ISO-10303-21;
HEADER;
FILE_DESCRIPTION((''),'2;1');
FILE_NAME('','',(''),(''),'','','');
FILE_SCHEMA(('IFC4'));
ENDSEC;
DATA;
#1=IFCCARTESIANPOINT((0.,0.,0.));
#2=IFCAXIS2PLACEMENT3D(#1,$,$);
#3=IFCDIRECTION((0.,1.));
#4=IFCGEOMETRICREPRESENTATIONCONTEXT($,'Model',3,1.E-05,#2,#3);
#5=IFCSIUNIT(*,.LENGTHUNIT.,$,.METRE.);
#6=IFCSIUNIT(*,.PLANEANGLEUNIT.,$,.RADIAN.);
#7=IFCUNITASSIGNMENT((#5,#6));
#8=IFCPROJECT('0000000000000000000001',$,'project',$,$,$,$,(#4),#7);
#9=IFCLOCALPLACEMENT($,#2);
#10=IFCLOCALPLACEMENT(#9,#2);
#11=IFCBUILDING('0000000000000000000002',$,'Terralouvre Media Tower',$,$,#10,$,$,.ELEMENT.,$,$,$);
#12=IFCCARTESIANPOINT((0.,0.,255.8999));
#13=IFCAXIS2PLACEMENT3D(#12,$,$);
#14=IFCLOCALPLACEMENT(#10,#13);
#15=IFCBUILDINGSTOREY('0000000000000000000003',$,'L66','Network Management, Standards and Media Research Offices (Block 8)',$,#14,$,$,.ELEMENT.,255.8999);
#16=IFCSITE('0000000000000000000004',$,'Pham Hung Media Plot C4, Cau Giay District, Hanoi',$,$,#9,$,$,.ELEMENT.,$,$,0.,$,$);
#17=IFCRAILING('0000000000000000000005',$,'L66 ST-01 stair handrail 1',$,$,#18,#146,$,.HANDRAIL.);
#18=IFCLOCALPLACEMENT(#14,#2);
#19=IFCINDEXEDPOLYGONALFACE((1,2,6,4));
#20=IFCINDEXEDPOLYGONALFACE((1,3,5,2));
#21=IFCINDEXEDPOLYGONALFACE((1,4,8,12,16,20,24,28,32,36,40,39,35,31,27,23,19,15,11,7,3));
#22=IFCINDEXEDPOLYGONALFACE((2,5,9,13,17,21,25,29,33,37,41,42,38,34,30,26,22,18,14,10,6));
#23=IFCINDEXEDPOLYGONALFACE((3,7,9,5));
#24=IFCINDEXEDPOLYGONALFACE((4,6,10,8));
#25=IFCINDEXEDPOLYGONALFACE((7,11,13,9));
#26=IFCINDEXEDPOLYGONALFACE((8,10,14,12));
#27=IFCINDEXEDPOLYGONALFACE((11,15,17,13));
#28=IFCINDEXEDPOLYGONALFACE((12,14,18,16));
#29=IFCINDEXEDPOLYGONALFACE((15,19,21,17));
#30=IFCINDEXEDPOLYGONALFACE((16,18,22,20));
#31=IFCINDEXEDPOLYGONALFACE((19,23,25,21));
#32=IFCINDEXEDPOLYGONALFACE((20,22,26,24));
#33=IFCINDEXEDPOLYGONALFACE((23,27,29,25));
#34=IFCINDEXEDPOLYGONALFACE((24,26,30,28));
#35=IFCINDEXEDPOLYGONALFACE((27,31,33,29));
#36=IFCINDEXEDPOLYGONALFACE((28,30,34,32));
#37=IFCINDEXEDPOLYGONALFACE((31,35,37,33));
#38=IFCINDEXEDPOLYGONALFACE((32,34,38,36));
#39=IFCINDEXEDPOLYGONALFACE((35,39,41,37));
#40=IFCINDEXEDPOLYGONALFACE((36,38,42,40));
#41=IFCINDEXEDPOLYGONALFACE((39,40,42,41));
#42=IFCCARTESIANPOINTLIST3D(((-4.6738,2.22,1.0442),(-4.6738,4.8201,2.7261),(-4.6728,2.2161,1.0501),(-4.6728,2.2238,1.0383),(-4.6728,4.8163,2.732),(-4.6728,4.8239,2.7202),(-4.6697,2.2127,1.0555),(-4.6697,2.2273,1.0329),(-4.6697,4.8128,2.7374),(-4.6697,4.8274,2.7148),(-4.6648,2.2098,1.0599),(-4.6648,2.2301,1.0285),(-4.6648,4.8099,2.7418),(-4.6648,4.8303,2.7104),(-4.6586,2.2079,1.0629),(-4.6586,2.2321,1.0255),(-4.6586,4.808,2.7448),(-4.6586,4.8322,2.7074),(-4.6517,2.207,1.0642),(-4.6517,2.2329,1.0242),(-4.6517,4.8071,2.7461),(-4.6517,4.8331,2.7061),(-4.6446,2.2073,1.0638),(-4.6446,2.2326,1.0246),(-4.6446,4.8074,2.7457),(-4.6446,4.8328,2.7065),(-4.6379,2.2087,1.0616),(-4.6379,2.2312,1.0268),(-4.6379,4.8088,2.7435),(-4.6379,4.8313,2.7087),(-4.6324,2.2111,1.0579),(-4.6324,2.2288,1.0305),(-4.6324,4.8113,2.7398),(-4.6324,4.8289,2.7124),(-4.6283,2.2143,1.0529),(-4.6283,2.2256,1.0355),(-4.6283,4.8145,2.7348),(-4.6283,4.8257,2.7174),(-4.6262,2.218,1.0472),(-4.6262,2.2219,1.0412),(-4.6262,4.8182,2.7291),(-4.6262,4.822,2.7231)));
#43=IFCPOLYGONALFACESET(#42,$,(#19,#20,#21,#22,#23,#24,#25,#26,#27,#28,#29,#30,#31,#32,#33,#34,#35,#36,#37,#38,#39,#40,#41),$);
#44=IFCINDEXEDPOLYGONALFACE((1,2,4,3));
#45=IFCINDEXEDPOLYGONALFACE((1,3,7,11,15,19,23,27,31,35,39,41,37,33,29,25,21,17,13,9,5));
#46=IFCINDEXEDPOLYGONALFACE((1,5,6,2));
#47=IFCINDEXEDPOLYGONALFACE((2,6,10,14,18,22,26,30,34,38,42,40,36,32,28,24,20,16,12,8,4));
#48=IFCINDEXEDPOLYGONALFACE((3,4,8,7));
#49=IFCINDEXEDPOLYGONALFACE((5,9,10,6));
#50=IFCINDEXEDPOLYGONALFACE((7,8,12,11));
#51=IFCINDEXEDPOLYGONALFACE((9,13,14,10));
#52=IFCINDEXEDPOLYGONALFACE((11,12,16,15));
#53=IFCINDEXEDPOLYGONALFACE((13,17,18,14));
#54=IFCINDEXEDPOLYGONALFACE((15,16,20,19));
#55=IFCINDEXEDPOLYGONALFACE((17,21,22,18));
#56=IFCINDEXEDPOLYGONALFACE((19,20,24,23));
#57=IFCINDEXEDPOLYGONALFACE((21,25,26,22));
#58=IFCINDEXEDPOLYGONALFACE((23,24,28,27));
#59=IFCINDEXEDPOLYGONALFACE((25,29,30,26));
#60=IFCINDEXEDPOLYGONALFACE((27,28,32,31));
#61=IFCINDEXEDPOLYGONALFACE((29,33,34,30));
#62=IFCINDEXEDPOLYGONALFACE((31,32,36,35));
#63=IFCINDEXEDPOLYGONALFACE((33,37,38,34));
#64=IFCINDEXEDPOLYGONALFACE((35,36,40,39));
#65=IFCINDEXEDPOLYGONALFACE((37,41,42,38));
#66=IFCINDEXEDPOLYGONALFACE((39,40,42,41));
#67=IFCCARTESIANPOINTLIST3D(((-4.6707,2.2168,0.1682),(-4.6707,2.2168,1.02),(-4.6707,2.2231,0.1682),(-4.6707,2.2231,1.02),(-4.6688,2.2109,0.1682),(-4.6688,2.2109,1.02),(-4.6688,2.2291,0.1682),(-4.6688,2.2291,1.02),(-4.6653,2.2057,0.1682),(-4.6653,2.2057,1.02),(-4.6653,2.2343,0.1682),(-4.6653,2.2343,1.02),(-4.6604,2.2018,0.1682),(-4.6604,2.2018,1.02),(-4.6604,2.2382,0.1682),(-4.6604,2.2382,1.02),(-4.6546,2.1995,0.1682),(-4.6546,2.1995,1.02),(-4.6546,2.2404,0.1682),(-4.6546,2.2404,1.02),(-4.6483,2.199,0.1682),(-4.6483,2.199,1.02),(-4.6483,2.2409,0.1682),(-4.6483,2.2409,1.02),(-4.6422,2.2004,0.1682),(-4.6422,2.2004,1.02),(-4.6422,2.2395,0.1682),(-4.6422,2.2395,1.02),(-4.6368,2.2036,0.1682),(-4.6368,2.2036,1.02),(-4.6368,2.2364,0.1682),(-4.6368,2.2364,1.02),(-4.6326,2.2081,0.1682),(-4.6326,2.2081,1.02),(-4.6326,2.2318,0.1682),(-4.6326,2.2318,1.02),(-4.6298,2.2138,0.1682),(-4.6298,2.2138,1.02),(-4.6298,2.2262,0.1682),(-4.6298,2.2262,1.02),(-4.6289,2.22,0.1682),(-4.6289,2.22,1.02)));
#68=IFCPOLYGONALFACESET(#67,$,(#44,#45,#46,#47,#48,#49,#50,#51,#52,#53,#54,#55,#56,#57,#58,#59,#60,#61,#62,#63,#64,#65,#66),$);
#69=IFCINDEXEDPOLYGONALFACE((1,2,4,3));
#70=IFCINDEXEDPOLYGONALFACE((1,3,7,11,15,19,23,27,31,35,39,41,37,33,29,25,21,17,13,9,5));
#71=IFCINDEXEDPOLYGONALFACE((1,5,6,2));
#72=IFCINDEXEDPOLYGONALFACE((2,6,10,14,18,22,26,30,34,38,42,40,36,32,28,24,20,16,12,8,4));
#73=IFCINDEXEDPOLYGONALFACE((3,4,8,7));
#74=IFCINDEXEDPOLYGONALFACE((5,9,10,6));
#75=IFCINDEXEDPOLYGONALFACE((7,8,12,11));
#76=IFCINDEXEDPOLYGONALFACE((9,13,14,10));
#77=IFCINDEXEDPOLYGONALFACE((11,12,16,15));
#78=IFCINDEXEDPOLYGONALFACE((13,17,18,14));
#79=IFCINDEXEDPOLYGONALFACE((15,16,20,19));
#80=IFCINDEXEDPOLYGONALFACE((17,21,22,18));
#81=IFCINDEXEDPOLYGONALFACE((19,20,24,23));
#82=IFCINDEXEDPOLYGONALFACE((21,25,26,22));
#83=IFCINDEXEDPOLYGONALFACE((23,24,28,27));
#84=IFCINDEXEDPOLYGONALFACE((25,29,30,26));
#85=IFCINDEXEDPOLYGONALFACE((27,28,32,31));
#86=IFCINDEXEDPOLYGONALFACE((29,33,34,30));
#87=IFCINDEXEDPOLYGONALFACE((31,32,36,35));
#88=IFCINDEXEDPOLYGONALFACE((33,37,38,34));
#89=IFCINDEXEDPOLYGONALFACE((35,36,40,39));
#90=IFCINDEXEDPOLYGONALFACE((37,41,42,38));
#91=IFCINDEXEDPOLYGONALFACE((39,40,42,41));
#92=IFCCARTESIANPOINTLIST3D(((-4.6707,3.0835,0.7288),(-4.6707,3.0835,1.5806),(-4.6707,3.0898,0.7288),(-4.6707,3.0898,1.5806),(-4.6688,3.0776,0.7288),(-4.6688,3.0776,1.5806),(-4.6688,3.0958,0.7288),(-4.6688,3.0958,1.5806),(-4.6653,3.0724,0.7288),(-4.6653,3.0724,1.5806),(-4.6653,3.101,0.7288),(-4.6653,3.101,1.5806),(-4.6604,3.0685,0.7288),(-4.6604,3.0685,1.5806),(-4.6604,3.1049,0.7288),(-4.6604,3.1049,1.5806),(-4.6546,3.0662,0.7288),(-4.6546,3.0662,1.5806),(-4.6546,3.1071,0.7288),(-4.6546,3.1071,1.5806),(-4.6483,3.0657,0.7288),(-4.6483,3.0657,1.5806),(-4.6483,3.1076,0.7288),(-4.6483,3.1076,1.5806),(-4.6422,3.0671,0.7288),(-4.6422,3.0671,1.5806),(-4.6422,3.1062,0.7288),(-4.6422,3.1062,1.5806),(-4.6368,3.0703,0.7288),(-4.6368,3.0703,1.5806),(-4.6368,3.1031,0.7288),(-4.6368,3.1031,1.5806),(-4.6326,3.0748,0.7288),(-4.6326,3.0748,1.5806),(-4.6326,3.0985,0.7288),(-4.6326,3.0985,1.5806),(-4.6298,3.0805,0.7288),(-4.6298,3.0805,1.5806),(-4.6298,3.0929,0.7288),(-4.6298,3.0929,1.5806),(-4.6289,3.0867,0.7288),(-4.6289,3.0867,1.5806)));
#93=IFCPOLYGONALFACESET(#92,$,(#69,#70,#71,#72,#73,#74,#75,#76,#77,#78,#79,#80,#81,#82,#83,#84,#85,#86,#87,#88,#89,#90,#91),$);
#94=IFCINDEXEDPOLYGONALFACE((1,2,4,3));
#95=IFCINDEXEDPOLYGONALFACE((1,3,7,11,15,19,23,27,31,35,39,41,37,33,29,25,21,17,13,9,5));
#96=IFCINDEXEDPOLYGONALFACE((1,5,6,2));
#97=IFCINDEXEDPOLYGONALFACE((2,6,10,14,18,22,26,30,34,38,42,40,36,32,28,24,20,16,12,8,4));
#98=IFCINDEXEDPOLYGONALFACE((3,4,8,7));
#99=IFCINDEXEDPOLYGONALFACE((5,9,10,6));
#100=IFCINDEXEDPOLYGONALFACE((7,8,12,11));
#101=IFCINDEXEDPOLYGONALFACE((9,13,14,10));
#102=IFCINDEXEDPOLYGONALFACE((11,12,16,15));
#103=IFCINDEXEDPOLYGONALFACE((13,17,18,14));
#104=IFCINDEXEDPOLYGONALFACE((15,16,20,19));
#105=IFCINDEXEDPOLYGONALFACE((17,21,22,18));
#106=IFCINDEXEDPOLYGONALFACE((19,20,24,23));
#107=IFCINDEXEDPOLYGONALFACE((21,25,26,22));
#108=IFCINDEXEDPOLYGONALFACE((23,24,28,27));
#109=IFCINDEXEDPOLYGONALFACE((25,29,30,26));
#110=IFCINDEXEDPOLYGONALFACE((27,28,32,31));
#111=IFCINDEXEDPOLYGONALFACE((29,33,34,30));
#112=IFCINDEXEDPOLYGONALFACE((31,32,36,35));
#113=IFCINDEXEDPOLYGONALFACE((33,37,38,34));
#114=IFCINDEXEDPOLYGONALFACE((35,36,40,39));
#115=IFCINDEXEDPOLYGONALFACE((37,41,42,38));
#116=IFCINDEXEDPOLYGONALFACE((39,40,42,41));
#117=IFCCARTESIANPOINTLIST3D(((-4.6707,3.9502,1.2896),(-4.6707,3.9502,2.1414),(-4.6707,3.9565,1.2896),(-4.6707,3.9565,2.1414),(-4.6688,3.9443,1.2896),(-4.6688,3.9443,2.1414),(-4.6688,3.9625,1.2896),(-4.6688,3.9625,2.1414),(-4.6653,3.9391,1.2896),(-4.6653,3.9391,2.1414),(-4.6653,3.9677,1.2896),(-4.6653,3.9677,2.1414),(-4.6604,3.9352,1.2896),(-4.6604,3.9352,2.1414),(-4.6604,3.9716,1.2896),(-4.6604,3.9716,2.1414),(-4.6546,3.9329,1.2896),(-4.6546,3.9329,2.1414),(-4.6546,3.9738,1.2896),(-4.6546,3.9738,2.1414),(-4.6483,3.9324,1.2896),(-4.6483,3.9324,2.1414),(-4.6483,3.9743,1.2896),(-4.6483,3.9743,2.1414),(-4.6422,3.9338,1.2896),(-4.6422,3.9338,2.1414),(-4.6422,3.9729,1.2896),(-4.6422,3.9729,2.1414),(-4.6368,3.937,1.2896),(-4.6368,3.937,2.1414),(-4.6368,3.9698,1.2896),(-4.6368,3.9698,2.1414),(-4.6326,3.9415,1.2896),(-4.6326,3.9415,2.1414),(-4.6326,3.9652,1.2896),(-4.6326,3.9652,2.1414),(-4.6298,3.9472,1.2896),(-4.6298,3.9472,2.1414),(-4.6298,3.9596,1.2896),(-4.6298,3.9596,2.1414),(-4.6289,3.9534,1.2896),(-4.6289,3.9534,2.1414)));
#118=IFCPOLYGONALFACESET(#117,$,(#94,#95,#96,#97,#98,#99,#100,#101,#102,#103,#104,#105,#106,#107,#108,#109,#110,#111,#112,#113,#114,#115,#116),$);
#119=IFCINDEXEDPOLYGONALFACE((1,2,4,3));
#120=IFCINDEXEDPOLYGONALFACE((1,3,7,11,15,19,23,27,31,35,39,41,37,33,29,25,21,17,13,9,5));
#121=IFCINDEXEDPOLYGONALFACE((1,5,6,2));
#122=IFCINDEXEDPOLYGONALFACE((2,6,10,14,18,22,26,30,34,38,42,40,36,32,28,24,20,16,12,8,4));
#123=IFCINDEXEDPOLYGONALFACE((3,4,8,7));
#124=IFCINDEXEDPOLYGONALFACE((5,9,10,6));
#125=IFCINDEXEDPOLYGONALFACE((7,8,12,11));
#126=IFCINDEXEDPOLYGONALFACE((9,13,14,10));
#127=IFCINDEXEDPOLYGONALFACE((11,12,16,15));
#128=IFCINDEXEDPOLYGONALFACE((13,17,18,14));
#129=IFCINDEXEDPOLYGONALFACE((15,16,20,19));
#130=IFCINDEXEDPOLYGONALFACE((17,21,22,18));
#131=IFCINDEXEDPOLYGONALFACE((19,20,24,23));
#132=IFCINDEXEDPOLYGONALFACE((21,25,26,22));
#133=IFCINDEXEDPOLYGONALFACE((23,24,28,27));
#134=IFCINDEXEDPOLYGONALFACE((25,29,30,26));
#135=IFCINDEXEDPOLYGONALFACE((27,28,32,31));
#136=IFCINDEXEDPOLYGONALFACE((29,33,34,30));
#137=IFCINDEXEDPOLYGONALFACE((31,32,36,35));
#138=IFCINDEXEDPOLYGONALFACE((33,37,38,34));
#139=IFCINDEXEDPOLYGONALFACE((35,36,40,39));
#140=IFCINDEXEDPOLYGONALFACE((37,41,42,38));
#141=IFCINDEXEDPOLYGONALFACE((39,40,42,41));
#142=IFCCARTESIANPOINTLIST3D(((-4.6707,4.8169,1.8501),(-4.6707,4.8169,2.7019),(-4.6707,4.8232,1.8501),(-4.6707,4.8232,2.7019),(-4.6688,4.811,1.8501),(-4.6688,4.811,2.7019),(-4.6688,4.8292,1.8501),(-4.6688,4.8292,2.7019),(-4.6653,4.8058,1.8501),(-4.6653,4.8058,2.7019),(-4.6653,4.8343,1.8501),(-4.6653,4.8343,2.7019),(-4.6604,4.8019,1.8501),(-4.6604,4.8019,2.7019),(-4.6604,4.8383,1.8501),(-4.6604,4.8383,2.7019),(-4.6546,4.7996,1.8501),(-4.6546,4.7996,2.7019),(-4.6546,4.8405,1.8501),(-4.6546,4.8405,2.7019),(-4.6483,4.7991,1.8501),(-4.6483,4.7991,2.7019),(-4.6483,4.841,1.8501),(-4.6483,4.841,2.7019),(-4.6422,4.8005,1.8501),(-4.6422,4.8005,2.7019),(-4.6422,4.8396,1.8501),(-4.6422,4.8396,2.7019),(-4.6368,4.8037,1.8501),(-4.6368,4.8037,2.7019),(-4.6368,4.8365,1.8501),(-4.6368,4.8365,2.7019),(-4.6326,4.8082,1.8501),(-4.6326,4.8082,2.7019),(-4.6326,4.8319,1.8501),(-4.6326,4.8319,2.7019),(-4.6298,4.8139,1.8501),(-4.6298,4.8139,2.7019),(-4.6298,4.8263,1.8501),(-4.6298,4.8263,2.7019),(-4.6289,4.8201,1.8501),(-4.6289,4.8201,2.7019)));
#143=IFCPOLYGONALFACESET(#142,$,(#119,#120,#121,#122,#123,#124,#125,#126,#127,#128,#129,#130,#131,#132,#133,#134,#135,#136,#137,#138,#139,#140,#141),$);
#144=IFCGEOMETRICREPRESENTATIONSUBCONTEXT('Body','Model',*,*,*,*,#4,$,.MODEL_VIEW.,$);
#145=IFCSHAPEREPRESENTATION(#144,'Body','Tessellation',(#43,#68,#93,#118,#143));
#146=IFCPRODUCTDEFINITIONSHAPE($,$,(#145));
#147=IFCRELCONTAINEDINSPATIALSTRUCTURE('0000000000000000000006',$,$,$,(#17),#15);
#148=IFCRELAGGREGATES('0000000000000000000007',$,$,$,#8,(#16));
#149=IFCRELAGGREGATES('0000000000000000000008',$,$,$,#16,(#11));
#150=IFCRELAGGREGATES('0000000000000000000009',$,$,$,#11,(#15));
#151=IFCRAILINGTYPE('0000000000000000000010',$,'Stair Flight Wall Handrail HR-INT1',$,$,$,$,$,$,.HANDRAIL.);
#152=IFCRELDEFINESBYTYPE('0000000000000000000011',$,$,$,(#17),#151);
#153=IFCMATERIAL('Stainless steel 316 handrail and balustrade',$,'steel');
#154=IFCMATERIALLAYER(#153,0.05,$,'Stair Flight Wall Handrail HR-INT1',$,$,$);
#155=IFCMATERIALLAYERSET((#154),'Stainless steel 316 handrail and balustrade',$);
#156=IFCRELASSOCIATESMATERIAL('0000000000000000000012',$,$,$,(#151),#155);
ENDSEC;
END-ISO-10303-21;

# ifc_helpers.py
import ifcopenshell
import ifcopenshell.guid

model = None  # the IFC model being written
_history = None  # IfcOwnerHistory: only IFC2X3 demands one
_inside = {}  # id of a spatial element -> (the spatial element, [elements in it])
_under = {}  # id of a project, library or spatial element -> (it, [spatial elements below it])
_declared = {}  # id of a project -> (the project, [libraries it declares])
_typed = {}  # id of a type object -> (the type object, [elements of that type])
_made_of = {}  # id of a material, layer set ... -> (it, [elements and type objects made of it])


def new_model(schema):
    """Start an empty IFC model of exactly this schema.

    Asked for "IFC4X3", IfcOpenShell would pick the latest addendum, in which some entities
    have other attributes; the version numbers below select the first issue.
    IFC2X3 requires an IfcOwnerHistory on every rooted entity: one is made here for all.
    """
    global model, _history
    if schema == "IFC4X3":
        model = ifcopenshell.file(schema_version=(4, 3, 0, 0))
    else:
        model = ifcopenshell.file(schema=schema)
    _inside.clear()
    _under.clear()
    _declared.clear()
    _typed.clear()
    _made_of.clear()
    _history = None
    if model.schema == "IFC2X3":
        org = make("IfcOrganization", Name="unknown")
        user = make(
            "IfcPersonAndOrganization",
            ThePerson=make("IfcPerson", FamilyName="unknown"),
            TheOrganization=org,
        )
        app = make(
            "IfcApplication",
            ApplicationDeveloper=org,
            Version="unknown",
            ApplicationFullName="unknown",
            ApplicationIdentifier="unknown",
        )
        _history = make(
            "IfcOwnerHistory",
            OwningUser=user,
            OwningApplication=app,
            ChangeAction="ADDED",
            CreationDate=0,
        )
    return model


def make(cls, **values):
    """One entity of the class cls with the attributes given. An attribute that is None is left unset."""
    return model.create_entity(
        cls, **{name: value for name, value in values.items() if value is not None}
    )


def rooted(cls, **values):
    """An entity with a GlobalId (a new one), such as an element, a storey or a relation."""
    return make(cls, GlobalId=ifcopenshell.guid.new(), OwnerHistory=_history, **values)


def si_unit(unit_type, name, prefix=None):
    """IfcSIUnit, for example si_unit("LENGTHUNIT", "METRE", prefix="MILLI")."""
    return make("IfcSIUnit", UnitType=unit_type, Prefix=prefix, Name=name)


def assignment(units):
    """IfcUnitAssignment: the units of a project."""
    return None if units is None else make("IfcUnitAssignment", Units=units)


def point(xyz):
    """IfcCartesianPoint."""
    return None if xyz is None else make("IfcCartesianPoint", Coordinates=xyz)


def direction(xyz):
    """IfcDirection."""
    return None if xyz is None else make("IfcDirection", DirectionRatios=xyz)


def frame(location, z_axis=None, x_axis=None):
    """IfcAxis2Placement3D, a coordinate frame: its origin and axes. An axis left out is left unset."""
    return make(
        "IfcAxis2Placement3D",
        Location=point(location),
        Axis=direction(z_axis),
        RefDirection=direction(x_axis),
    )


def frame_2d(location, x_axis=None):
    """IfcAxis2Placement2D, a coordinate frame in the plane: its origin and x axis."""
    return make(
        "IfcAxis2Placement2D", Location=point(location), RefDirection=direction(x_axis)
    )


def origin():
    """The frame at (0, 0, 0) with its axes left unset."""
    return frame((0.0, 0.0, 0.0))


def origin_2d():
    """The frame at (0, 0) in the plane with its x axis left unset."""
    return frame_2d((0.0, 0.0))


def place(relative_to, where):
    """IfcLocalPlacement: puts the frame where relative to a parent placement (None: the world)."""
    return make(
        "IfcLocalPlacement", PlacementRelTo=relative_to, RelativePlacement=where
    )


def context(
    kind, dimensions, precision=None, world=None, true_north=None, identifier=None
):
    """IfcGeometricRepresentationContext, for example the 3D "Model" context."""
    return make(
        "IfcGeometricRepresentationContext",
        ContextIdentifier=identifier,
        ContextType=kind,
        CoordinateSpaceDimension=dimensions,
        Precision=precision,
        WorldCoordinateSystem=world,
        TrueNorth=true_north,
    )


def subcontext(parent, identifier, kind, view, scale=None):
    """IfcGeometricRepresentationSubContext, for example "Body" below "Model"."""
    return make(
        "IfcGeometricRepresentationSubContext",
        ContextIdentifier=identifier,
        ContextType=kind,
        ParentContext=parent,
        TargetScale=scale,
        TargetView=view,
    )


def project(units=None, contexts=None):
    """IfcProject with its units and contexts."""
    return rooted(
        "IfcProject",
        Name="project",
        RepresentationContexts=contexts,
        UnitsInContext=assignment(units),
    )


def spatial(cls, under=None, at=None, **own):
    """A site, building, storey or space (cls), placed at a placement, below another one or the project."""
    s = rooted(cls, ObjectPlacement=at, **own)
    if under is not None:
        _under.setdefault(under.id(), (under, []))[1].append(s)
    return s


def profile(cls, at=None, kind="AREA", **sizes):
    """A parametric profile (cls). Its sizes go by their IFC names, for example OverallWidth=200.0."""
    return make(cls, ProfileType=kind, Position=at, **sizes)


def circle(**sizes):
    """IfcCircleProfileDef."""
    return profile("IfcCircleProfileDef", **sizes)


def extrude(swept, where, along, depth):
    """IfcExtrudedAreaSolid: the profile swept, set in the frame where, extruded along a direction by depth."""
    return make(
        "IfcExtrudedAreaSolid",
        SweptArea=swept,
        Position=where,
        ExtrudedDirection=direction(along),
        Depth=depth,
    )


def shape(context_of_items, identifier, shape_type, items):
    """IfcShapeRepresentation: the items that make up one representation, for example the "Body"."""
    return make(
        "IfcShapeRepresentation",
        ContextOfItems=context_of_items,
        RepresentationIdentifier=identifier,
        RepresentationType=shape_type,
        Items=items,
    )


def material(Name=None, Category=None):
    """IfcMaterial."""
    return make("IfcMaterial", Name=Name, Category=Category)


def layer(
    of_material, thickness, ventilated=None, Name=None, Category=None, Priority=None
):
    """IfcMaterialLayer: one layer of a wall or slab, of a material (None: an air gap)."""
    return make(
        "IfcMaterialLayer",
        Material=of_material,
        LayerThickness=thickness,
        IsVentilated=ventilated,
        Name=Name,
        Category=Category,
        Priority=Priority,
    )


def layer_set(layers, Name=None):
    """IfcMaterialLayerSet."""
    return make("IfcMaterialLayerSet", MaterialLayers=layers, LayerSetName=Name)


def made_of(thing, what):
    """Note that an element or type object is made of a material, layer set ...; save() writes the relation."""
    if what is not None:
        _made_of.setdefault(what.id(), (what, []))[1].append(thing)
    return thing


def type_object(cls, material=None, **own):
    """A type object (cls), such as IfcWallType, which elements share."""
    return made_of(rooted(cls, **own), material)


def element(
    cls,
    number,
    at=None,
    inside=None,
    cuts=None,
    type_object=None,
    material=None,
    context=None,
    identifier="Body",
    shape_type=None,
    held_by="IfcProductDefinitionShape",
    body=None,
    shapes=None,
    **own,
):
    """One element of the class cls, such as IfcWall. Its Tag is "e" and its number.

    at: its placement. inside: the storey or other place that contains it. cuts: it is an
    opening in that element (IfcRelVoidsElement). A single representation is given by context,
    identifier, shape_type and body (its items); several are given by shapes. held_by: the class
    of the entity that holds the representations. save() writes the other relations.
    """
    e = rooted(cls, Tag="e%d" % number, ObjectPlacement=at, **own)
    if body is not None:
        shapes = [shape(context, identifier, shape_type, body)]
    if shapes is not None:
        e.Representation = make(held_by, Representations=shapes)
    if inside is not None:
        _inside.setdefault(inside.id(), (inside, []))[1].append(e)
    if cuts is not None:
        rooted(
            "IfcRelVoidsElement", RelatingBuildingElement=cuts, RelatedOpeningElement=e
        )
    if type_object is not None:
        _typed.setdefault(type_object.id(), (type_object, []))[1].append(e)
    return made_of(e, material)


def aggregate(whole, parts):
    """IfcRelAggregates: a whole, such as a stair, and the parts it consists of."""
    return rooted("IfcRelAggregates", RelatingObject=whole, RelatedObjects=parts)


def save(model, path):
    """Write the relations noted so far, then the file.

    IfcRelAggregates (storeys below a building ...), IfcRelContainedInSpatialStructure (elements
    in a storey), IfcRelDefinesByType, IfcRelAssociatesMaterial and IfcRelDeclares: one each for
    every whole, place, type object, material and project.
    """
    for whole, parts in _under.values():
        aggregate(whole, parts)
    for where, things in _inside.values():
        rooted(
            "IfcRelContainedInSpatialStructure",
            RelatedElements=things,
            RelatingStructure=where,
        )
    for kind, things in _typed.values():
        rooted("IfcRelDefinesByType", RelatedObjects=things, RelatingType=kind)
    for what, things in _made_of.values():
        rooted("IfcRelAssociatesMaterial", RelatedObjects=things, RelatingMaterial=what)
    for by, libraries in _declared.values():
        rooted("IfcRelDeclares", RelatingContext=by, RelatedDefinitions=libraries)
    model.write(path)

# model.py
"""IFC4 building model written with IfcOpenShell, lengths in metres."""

from ifc_helpers import new_model, si_unit, direction, frame, origin, origin_2d, place, context, subcontext, project, spatial, circle, extrude, material, layer, layer_set, type_object, element, save


model = new_model("IFC4")

# Units and contexts
model_context = context("Model", 3, precision=1e-05, world=origin(), true_north=direction((0.0, 1.0)))
body_context = subcontext(model_context, "Body", "Model", "MODEL_VIEW")
ifc_project = project(units=[si_unit("LENGTHUNIT", "METRE"), si_unit("PLANEANGLEUNIT", "RADIAN")], contexts=[model_context])

# Site, building, storey
site_placement = place(None, origin())
site = spatial("IfcSite", under=ifc_project, at=site_placement, Name="Pham Hung Media Plot C4, Cau Giay District, Hanoi", CompositionType="ELEMENT", RefElevation=0.0)
building_placement = place(site_placement, origin())
building = spatial("IfcBuilding", under=site, at=building_placement, Name="Terralouvre Media Tower", CompositionType="ELEMENT")
storey_placement = place(building_placement, frame((0.0, 0.0, 255.8999)))
storey = spatial("IfcBuildingStorey", under=building, at=storey_placement, Name="L66", Description="Network Management, Standards and Media Research Offices (Block 8)", CompositionType="ELEMENT", Elevation=255.8999)

# Railing
ifc_material_1 = material(Name="Stainless steel 316 handrail and balustrade", Category="steel")
ifc_layer_1 = layer(ifc_material_1, 0.05, Name="Stair Flight Wall Handrail HR-INT1")
ifc_layer_set_1 = layer_set([ifc_layer_1], Name="Stainless steel 316 handrail and balustrade")
railing_type_1 = type_object("IfcRailingType", Name="Stair Flight Wall Handrail HR-INT1", PredefinedType="HANDRAIL", material=ifc_layer_set_1)
railing_1_placement = place(storey_placement, frame((-4.6499, 2.22, 0.1682)))
element("IfcRailing", 1, at=railing_1_placement, inside=storey, type_object=railing_type_1, Name="L66 ST-01 stair handrail 1", PredefinedType="HANDRAIL", context=body_context, shape_type="SweptSolid", body=[
    extrude(circle(Radius=0.0239, at=origin_2d()), frame((0.0, 0.0, 0.876), z_axis=(0.0, 0.839648, 0.54313), x_axis=(-1.0, 0.0, 0.0)), (0.0, 0.0, 1.0), 3.0967),
    extrude(circle(Radius=0.021, at=origin_2d()), origin(), (0.0, 0.0, 1.0), 0.8518),
    extrude(circle(Radius=0.021, at=origin_2d()), frame((0.0, 0.8667, 0.5605)), (0.0, 0.0, 1.0), 0.8518),
    extrude(circle(Radius=0.021, at=origin_2d()), frame((0.0, 1.7334, 1.1213)), (0.0, 0.0, 1.0), 0.8518),
    extrude(circle(Radius=0.021, at=origin_2d()), frame((0.0, 2.6001, 1.6819)), (0.0, 0.0, 1.0), 0.8518),
])

save(model, "model.ifc")
